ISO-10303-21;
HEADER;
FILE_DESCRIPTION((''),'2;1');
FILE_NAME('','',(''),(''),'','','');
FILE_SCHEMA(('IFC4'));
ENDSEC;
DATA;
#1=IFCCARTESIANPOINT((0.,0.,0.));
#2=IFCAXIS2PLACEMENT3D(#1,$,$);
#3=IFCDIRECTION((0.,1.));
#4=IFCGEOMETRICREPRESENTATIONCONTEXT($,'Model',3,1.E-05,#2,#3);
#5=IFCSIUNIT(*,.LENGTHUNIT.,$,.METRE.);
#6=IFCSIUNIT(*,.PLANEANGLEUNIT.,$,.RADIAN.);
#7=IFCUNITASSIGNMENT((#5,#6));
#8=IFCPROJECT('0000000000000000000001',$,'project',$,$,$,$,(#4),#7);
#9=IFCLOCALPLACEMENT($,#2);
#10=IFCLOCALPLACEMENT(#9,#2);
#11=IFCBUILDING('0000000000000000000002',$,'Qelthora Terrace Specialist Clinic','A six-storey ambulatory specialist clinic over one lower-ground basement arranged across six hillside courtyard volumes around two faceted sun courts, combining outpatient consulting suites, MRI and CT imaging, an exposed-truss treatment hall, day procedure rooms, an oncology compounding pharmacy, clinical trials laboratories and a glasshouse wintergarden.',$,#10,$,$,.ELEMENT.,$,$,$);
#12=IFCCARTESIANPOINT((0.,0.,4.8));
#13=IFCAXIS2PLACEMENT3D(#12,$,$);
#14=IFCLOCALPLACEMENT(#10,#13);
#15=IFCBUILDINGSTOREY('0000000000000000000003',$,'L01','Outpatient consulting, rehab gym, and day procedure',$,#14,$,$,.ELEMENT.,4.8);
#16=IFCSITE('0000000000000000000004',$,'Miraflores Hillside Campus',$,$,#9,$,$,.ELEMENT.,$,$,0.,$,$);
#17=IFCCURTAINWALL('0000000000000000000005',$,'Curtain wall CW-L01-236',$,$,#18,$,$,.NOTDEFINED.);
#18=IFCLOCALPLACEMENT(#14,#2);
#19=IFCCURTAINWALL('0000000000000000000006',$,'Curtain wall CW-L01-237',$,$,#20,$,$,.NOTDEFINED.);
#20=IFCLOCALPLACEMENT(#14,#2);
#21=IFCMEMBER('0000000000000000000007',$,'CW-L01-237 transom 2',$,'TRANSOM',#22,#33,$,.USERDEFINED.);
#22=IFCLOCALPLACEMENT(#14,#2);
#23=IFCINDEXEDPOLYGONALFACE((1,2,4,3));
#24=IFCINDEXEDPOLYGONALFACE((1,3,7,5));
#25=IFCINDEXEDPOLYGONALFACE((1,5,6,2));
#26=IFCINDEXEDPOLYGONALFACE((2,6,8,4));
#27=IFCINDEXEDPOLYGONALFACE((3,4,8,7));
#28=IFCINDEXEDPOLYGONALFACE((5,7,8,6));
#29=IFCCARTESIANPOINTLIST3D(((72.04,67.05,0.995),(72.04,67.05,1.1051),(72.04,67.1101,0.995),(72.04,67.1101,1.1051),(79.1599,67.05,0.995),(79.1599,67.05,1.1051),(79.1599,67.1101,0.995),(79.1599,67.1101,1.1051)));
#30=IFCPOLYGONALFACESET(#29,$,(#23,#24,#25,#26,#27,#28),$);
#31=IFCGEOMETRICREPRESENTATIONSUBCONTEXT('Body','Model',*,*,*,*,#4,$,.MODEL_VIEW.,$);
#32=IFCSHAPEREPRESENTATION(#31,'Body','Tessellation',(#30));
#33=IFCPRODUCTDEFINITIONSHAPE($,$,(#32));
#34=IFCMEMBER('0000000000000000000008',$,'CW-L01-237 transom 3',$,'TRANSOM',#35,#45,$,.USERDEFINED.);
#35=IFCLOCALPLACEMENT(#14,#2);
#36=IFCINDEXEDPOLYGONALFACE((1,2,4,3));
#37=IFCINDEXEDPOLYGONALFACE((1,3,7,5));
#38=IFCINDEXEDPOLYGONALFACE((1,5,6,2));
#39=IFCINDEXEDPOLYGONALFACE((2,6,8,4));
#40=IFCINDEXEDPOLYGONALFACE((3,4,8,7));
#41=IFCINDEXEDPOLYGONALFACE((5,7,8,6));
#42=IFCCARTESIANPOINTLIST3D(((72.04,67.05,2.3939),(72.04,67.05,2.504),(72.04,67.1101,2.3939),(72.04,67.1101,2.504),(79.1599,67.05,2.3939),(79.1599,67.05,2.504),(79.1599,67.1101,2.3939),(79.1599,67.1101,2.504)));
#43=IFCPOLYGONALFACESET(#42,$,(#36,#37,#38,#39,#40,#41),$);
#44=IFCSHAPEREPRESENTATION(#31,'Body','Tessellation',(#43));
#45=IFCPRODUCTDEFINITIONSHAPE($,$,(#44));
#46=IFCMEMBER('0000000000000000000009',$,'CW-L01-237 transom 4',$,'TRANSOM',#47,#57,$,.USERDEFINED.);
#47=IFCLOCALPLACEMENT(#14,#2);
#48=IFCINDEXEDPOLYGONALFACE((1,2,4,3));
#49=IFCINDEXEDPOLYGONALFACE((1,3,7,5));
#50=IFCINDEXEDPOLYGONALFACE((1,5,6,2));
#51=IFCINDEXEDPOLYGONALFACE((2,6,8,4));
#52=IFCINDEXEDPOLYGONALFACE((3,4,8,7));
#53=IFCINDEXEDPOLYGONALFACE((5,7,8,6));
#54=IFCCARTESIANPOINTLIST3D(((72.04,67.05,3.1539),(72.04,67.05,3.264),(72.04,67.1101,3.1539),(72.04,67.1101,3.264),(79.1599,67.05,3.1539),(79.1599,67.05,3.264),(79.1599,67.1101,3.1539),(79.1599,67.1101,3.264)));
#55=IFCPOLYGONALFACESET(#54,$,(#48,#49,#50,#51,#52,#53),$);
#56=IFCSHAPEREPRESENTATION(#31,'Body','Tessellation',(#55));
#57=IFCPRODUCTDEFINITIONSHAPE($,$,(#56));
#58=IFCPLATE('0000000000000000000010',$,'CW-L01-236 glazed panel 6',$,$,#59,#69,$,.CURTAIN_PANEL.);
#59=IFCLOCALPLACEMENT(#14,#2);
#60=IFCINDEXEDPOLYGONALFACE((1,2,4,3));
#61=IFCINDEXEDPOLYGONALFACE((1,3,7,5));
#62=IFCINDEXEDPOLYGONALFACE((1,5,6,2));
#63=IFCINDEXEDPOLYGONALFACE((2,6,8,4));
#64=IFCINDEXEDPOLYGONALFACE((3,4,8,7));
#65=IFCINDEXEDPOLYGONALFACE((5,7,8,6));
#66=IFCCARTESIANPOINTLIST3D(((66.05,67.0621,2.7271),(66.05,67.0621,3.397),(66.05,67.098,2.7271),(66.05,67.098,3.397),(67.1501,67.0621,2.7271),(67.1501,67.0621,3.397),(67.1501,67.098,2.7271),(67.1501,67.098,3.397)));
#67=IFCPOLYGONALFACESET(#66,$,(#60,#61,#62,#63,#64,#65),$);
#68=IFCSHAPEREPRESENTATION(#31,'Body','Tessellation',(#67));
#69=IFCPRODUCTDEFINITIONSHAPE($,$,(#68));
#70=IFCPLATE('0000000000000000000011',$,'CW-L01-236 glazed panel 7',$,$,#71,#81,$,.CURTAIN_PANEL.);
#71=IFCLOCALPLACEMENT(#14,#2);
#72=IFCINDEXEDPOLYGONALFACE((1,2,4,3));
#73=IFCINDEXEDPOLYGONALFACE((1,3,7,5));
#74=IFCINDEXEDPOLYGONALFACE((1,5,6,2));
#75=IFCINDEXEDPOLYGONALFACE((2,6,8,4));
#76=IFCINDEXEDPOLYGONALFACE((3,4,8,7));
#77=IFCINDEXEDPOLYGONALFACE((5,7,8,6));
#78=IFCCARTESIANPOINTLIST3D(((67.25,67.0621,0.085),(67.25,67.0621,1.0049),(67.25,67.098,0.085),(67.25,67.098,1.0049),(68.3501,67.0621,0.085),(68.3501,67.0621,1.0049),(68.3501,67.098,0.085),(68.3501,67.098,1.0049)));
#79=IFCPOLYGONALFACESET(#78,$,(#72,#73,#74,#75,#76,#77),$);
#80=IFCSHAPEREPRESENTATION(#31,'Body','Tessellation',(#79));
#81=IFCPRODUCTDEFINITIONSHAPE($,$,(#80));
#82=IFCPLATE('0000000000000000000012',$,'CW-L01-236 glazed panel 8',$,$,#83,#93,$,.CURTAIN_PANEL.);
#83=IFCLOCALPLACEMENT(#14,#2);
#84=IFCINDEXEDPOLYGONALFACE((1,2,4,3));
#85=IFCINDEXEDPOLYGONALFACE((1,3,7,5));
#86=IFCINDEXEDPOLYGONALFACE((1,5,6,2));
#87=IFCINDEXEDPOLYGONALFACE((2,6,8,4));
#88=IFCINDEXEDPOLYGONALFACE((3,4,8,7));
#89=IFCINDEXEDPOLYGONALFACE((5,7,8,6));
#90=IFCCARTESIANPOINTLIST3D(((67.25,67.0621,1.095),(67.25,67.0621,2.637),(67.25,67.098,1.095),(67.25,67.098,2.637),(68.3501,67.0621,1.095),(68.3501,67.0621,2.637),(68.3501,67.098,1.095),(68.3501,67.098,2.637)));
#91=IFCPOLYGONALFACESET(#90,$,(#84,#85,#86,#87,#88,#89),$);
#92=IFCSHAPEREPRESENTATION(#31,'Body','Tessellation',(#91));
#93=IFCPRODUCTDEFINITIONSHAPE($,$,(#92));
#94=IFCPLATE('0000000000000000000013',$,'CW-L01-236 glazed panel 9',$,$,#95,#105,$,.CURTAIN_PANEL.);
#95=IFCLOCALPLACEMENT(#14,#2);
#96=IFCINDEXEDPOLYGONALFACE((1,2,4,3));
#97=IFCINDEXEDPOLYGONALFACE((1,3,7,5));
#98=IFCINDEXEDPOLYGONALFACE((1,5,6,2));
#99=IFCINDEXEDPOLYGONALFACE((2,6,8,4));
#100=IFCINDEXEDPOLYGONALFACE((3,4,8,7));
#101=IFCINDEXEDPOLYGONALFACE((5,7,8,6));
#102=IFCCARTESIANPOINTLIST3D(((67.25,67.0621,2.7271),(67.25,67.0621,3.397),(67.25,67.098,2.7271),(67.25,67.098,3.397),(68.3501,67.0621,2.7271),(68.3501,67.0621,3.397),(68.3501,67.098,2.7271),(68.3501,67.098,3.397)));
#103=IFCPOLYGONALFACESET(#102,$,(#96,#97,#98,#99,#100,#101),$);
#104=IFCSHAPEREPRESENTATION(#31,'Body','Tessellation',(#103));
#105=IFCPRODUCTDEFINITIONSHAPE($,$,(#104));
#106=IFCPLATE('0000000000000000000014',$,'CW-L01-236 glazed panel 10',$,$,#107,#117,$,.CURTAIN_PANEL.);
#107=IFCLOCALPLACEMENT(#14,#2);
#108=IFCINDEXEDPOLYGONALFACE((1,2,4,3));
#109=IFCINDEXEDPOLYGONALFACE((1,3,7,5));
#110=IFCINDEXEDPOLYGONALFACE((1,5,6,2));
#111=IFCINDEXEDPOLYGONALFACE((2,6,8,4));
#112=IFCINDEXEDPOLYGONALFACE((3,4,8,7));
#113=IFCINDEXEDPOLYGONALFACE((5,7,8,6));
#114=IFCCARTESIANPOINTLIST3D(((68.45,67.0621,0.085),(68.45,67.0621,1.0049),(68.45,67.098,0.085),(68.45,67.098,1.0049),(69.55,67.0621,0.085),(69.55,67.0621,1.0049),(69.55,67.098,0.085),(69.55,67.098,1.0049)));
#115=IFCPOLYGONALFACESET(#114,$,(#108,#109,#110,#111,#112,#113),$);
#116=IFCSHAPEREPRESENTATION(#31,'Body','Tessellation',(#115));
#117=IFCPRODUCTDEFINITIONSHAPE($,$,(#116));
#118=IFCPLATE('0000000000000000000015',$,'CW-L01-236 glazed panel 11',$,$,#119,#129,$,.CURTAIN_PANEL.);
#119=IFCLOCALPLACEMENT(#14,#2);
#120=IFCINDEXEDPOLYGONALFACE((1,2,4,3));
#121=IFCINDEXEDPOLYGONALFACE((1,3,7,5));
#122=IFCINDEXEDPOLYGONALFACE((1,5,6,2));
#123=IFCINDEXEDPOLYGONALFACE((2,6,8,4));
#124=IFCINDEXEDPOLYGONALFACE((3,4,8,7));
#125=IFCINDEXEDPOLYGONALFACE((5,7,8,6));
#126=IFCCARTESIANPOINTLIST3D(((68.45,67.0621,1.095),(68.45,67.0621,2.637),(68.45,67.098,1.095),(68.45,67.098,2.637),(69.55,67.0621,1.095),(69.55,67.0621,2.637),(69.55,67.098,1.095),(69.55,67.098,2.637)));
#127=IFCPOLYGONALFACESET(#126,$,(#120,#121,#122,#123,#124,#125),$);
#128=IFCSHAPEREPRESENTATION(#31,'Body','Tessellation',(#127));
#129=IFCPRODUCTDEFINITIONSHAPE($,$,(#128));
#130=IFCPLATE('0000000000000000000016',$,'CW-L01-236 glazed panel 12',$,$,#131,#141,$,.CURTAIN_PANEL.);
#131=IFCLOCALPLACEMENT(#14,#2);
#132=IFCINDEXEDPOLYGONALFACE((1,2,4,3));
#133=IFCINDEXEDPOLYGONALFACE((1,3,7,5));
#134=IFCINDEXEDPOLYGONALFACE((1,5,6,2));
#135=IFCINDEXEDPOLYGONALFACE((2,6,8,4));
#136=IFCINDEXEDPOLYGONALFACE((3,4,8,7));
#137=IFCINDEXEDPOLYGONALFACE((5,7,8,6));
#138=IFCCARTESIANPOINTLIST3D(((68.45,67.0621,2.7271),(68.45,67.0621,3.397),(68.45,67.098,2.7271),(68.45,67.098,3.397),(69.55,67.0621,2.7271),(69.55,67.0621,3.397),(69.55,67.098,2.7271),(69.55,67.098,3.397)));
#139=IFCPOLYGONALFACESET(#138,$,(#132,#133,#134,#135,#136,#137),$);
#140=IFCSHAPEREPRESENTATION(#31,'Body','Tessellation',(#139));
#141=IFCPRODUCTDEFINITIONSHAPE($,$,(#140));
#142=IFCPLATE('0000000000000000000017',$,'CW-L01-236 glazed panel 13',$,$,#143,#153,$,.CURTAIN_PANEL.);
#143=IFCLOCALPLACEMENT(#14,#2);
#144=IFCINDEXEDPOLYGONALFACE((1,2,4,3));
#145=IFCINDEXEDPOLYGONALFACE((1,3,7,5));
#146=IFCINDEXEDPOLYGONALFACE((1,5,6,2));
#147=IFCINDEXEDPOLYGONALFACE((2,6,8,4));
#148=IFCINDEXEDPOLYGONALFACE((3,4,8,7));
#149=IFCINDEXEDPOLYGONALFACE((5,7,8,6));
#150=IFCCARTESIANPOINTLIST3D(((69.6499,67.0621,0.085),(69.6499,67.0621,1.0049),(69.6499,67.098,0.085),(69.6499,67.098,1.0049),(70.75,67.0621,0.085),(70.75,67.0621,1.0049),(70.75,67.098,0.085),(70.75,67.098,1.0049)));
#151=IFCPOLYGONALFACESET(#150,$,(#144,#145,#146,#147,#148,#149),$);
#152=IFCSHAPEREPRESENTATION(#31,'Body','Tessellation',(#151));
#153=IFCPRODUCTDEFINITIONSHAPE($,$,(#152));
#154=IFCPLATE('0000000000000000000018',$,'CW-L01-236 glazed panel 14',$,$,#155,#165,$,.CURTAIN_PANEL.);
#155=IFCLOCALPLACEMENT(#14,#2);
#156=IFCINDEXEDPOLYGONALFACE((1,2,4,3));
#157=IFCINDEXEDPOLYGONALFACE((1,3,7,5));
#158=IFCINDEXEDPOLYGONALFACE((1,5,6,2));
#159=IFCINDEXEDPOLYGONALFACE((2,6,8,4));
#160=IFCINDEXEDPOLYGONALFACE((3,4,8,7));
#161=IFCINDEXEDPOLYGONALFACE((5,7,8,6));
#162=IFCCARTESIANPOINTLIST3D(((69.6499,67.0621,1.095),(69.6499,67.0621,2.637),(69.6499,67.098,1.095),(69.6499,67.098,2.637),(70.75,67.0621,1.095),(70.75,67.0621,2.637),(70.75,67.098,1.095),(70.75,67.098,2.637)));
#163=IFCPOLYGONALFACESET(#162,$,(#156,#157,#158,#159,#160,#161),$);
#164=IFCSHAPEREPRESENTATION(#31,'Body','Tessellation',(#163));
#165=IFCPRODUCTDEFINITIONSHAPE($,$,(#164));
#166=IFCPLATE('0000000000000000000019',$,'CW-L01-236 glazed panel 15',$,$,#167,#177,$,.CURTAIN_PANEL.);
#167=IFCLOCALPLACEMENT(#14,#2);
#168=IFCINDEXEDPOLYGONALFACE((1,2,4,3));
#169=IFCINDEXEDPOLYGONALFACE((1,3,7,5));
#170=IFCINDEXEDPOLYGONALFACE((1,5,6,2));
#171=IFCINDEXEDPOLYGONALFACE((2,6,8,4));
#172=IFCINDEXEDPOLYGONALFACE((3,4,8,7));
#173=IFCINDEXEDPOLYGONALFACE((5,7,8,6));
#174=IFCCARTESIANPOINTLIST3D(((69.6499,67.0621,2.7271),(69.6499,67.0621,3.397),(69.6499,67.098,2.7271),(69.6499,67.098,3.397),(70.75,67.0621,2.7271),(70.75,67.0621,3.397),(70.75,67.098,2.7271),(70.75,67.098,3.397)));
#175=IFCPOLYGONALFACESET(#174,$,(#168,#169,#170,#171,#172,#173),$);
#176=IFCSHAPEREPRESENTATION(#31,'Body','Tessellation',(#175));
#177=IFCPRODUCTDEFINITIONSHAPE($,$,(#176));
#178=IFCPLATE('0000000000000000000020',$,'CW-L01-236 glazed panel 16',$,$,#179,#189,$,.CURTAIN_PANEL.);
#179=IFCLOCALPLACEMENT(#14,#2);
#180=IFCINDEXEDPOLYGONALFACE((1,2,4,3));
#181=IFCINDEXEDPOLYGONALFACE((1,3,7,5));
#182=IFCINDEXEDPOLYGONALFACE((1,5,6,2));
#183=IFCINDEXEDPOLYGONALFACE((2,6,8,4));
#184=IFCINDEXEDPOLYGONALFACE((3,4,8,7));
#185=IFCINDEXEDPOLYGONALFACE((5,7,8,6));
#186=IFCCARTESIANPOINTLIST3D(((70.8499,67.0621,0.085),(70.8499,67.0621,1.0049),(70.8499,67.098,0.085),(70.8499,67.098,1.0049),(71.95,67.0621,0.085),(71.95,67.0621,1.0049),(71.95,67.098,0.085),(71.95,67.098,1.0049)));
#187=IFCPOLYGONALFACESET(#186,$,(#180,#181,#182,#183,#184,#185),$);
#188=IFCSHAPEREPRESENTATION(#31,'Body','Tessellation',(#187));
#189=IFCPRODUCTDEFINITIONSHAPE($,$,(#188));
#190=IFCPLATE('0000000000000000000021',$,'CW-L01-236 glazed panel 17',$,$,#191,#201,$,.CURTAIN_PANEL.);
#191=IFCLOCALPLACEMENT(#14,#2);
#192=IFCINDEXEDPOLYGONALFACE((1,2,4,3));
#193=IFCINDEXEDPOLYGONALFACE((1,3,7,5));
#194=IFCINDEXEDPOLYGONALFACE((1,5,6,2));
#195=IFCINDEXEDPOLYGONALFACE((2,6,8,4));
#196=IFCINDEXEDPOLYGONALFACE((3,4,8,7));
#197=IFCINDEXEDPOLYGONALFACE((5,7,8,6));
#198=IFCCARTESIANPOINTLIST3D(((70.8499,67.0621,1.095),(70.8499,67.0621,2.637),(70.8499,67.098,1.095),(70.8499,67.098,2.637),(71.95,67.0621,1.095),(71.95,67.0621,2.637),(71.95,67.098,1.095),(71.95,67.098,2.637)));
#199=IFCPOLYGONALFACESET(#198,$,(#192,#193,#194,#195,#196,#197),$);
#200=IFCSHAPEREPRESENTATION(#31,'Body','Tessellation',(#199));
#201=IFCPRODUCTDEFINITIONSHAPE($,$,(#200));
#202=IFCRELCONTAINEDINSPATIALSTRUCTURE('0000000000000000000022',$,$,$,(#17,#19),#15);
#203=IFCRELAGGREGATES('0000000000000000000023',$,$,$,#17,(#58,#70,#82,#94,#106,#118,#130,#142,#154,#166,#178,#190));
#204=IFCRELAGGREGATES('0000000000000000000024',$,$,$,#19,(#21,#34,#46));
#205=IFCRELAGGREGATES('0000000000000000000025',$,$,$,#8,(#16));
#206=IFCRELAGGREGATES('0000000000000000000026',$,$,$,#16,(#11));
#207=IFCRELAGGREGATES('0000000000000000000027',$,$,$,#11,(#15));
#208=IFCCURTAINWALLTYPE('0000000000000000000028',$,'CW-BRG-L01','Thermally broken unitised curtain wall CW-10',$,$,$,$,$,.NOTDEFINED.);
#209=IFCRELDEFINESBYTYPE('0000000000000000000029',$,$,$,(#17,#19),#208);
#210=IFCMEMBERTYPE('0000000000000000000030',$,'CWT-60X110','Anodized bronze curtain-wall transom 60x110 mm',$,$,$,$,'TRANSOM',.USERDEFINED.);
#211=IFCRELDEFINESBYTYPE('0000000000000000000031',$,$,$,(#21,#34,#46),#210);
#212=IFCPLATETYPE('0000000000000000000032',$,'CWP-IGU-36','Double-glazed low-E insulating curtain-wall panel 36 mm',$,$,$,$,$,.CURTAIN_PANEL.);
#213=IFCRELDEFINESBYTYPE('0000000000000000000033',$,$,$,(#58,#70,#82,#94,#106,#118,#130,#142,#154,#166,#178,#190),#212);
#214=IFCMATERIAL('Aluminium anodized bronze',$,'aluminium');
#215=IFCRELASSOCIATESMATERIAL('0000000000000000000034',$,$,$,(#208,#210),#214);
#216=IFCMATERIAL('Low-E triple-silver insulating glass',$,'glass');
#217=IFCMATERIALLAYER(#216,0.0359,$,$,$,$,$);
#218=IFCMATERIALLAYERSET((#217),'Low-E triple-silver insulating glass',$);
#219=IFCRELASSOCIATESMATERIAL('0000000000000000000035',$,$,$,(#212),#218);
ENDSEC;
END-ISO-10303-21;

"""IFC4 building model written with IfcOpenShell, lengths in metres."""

from ifc_helpers import new_model, si_unit, direction, frame, origin, origin_2d, place, context, subcontext, project, spatial, rectangle, extrude, material, layer, layer_set, material_profile, profile_set, type_object, element, aggregate, save


model = new_model("IFC4")

# Units and contexts
model_context = context("Model", 3, precision=1e-05, world=origin(), true_north=direction((0.0, 1.0)))
body_context = subcontext(model_context, "Body", "Model", "MODEL_VIEW")
ifc_project = project(units=[si_unit("LENGTHUNIT", "METRE"), si_unit("PLANEANGLEUNIT", "RADIAN")], contexts=[model_context])

# Site, building, storey
site_placement = place(None, origin())
site = spatial("IfcSite", under=ifc_project, at=site_placement, Name="Miraflores Hillside Campus", CompositionType="ELEMENT", RefElevation=0.0)
building_placement = place(site_placement, origin())
building = spatial("IfcBuilding", under=site, at=building_placement, Name="Qelthora Terrace Specialist Clinic", Description="A six-storey ambulatory specialist clinic over one lower-ground basement arranged across six hillside courtyard volumes around two faceted sun courts, combining outpatient consulting suites, MRI and CT imaging, an exposed-truss treatment hall, day procedure rooms, an oncology compounding pharmacy, clinical trials laboratories and a glasshouse wintergarden.", CompositionType="ELEMENT")
storey_placement = place(building_placement, frame((0.0, 0.0, 4.8)))
storey = spatial("IfcBuildingStorey", under=building, at=storey_placement, Name="L01", Description="Outpatient consulting, rehab gym, and day procedure", CompositionType="ELEMENT", Elevation=4.8)

# Curtain walls, members
ifc_material_1 = material(Name="Aluminium anodized bronze", Category="aluminium")
curtain_wall_type = type_object("IfcCurtainWallType", Name="CW-BRG-L01", Description="Thermally broken unitised curtain wall CW-10", PredefinedType="NOTDEFINED", material=ifc_material_1)
curtain_wall_1_placement = place(storey_placement, origin())
curtain_wall_1 = element("IfcCurtainWall", 1, at=curtain_wall_1_placement, inside=storey, type_object=curtain_wall_type, Name="Curtain wall CW-L01-236", PredefinedType="NOTDEFINED")
curtain_wall_2_placement = place(storey_placement, origin())
curtain_wall_2 = element("IfcCurtainWall", 2, at=curtain_wall_2_placement, inside=storey, type_object=curtain_wall_type, Name="Curtain wall CW-L01-237", PredefinedType="NOTDEFINED")
ifc_material_profile_1 = material_profile(ifc_material_1, rectangle(XDim=0.0601, YDim=0.1101, at=origin_2d()), Name="CWT60X110")
ifc_profile_set_1 = profile_set([ifc_material_profile_1], Name="Aluminium anodized bronze")
member_type_1 = type_object("IfcMemberType", Name="CWT-60X110", Description="Anodized bronze curtain-wall transom 60x110 mm", ElementType="TRANSOM", PredefinedType="USERDEFINED", material=ifc_profile_set_1)
member_1_placement = place(storey_placement, frame((72.04, 67.0801, 1.05), z_axis=(1.0, 0.0, 0.0), x_axis=(0.0, 1.0, 0.0)))
member_1 = element("IfcMember", 3, at=member_1_placement, type_object=member_type_1, Name="CW-L01-237 transom 2", ObjectType="TRANSOM", PredefinedType="USERDEFINED", context=body_context, shape_type="SweptSolid", body=[
    extrude(rectangle(XDim=0.0601, YDim=0.1101, at=origin_2d()), origin(), (0.0, 0.0, 1.0), 7.1199),
])
member_2_placement = place(storey_placement, frame((72.04, 67.0801, 2.449), z_axis=(1.0, 0.0, 0.0), x_axis=(0.0, 1.0, 0.0)))
member_2 = element("IfcMember", 4, at=member_2_placement, type_object=member_type_1, Name="CW-L01-237 transom 3", ObjectType="TRANSOM", PredefinedType="USERDEFINED", context=body_context, shape_type="SweptSolid", body=[
    extrude(rectangle(XDim=0.0601, YDim=0.1101, at=origin_2d()), origin(), (0.0, 0.0, 1.0), 7.1199),
])
member_3_placement = place(storey_placement, frame((72.04, 67.0801, 3.209), z_axis=(1.0, 0.0, 0.0), x_axis=(0.0, 1.0, 0.0)))
member_3 = element("IfcMember", 5, at=member_3_placement, type_object=member_type_1, Name="CW-L01-237 transom 4", ObjectType="TRANSOM", PredefinedType="USERDEFINED", context=body_context, shape_type="SweptSolid", body=[
    extrude(rectangle(XDim=0.0601, YDim=0.1101, at=origin_2d()), origin(), (0.0, 0.0, 1.0), 7.1199),
])

# Plates
ifc_material_2 = material(Name="Low-E triple-silver insulating glass", Category="glass")
ifc_layer = layer(ifc_material_2, 0.0359)
ifc_layer_set = layer_set([ifc_layer], Name="Low-E triple-silver insulating glass")
plate_type = type_object("IfcPlateType", Name="CWP-IGU-36", Description="Double-glazed low-E insulating curtain-wall panel 36 mm", PredefinedType="CURTAIN_PANEL", material=ifc_layer_set)
plate_1_placement = place(storey_placement, frame((66.6001, 67.0801, 2.7271), z_axis=(0.0, 0.0, 1.0), x_axis=(1.0, 0.0, 0.0)))
plate_1 = element("IfcPlate", 6, at=plate_1_placement, type_object=plate_type, Name="CW-L01-236 glazed panel 6", PredefinedType="CURTAIN_PANEL", context=body_context, shape_type="SweptSolid", body=[
    extrude(rectangle(XDim=1.1001, YDim=0.0359, at=origin_2d()), origin(), (0.0, 0.0, 1.0), 0.6699),
])
plate_2_placement = place(storey_placement, frame((67.8, 67.0801, 0.085), z_axis=(0.0, 0.0, 1.0), x_axis=(1.0, 0.0, 0.0)))
plate_2 = element("IfcPlate", 7, at=plate_2_placement, type_object=plate_type, Name="CW-L01-236 glazed panel 7", PredefinedType="CURTAIN_PANEL", context=body_context, shape_type="SweptSolid", body=[
    extrude(rectangle(XDim=1.1001, YDim=0.0359, at=origin_2d()), origin(), (0.0, 0.0, 1.0), 0.9199),
])
plate_3_placement = place(storey_placement, frame((67.8, 67.0801, 1.095), z_axis=(0.0, 0.0, 1.0), x_axis=(1.0, 0.0, 0.0)))
plate_3 = element("IfcPlate", 8, at=plate_3_placement, type_object=plate_type, Name="CW-L01-236 glazed panel 8", PredefinedType="CURTAIN_PANEL", context=body_context, shape_type="SweptSolid", body=[
    extrude(rectangle(XDim=1.1001, YDim=0.0359, at=origin_2d()), origin(), (0.0, 0.0, 1.0), 1.542),
])
plate_4_placement = place(storey_placement, frame((67.8, 67.0801, 2.7271), z_axis=(0.0, 0.0, 1.0), x_axis=(1.0, 0.0, 0.0)))
plate_4 = element("IfcPlate", 9, at=plate_4_placement, type_object=plate_type, Name="CW-L01-236 glazed panel 9", PredefinedType="CURTAIN_PANEL", context=body_context, shape_type="SweptSolid", body=[
    extrude(rectangle(XDim=1.1001, YDim=0.0359, at=origin_2d()), origin(), (0.0, 0.0, 1.0), 0.6699),
])
plate_5_placement = place(storey_placement, frame((69.0, 67.0801, 0.085), z_axis=(0.0, 0.0, 1.0), x_axis=(1.0, 0.0, 0.0)))
plate_5 = element("IfcPlate", 10, at=plate_5_placement, type_object=plate_type, Name="CW-L01-236 glazed panel 10", PredefinedType="CURTAIN_PANEL", context=body_context, shape_type="SweptSolid", body=[
    extrude(rectangle(XDim=1.1001, YDim=0.0359, at=origin_2d()), origin(), (0.0, 0.0, 1.0), 0.9199),
])
plate_6_placement = place(storey_placement, frame((69.0, 67.0801, 1.095), z_axis=(0.0, 0.0, 1.0), x_axis=(1.0, 0.0, 0.0)))
plate_6 = element("IfcPlate", 11, at=plate_6_placement, type_object=plate_type, Name="CW-L01-236 glazed panel 11", PredefinedType="CURTAIN_PANEL", context=body_context, shape_type="SweptSolid", body=[
    extrude(rectangle(XDim=1.1001, YDim=0.0359, at=origin_2d()), origin(), (0.0, 0.0, 1.0), 1.542),
])
plate_7_placement = place(storey_placement, frame((69.0, 67.0801, 2.7271), z_axis=(0.0, 0.0, 1.0), x_axis=(1.0, 0.0, 0.0)))
plate_7 = element("IfcPlate", 12, at=plate_7_placement, type_object=plate_type, Name="CW-L01-236 glazed panel 12", PredefinedType="CURTAIN_PANEL", context=body_context, shape_type="SweptSolid", body=[
    extrude(rectangle(XDim=1.1001, YDim=0.0359, at=origin_2d()), origin(), (0.0, 0.0, 1.0), 0.6699),
])
plate_8_placement = place(storey_placement, frame((70.2, 67.0801, 0.085), z_axis=(0.0, 0.0, 1.0), x_axis=(1.0, 0.0, 0.0)))
plate_8 = element("IfcPlate", 13, at=plate_8_placement, type_object=plate_type, Name="CW-L01-236 glazed panel 13", PredefinedType="CURTAIN_PANEL", context=body_context, shape_type="SweptSolid", body=[
    extrude(rectangle(XDim=1.1001, YDim=0.0359, at=origin_2d()), origin(), (0.0, 0.0, 1.0), 0.9199),
])
plate_9_placement = place(storey_placement, frame((70.2, 67.0801, 1.095), z_axis=(0.0, 0.0, 1.0), x_axis=(1.0, 0.0, 0.0)))
plate_9 = element("IfcPlate", 14, at=plate_9_placement, type_object=plate_type, Name="CW-L01-236 glazed panel 14", PredefinedType="CURTAIN_PANEL", context=body_context, shape_type="SweptSolid", body=[
    extrude(rectangle(XDim=1.1001, YDim=0.0359, at=origin_2d()), origin(), (0.0, 0.0, 1.0), 1.542),
])
plate_10_placement = place(storey_placement, frame((70.2, 67.0801, 2.7271), z_axis=(0.0, 0.0, 1.0), x_axis=(1.0, 0.0, 0.0)))
plate_10 = element("IfcPlate", 15, at=plate_10_placement, type_object=plate_type, Name="CW-L01-236 glazed panel 15", PredefinedType="CURTAIN_PANEL", context=body_context, shape_type="SweptSolid", body=[
    extrude(rectangle(XDim=1.1001, YDim=0.0359, at=origin_2d()), origin(), (0.0, 0.0, 1.0), 0.6699),
])
plate_11_placement = place(storey_placement, frame((71.3999, 67.0801, 0.085), z_axis=(0.0, 0.0, 1.0), x_axis=(1.0, 0.0, 0.0)))
plate_11 = element("IfcPlate", 16, at=plate_11_placement, type_object=plate_type, Name="CW-L01-236 glazed panel 16", PredefinedType="CURTAIN_PANEL", context=body_context, shape_type="SweptSolid", body=[
    extrude(rectangle(XDim=1.1001, YDim=0.0359, at=origin_2d()), origin(), (0.0, 0.0, 1.0), 0.9199),
])
plate_12_placement = place(storey_placement, frame((71.3999, 67.0801, 1.095), z_axis=(0.0, 0.0, 1.0), x_axis=(1.0, 0.0, 0.0)))
plate_12 = element("IfcPlate", 17, at=plate_12_placement, type_object=plate_type, Name="CW-L01-236 glazed panel 17", PredefinedType="CURTAIN_PANEL", context=body_context, shape_type="SweptSolid", body=[
    extrude(rectangle(XDim=1.1001, YDim=0.0359, at=origin_2d()), origin(), (0.0, 0.0, 1.0), 1.542),
])
aggregate(curtain_wall_1, [plate_1, plate_2, plate_3, plate_4, plate_5, plate_6, plate_7, plate_8, plate_9, plate_10, plate_11, plate_12])
aggregate(curtain_wall_2, [member_1, member_2, member_3])

save(model, "model.ifc")
